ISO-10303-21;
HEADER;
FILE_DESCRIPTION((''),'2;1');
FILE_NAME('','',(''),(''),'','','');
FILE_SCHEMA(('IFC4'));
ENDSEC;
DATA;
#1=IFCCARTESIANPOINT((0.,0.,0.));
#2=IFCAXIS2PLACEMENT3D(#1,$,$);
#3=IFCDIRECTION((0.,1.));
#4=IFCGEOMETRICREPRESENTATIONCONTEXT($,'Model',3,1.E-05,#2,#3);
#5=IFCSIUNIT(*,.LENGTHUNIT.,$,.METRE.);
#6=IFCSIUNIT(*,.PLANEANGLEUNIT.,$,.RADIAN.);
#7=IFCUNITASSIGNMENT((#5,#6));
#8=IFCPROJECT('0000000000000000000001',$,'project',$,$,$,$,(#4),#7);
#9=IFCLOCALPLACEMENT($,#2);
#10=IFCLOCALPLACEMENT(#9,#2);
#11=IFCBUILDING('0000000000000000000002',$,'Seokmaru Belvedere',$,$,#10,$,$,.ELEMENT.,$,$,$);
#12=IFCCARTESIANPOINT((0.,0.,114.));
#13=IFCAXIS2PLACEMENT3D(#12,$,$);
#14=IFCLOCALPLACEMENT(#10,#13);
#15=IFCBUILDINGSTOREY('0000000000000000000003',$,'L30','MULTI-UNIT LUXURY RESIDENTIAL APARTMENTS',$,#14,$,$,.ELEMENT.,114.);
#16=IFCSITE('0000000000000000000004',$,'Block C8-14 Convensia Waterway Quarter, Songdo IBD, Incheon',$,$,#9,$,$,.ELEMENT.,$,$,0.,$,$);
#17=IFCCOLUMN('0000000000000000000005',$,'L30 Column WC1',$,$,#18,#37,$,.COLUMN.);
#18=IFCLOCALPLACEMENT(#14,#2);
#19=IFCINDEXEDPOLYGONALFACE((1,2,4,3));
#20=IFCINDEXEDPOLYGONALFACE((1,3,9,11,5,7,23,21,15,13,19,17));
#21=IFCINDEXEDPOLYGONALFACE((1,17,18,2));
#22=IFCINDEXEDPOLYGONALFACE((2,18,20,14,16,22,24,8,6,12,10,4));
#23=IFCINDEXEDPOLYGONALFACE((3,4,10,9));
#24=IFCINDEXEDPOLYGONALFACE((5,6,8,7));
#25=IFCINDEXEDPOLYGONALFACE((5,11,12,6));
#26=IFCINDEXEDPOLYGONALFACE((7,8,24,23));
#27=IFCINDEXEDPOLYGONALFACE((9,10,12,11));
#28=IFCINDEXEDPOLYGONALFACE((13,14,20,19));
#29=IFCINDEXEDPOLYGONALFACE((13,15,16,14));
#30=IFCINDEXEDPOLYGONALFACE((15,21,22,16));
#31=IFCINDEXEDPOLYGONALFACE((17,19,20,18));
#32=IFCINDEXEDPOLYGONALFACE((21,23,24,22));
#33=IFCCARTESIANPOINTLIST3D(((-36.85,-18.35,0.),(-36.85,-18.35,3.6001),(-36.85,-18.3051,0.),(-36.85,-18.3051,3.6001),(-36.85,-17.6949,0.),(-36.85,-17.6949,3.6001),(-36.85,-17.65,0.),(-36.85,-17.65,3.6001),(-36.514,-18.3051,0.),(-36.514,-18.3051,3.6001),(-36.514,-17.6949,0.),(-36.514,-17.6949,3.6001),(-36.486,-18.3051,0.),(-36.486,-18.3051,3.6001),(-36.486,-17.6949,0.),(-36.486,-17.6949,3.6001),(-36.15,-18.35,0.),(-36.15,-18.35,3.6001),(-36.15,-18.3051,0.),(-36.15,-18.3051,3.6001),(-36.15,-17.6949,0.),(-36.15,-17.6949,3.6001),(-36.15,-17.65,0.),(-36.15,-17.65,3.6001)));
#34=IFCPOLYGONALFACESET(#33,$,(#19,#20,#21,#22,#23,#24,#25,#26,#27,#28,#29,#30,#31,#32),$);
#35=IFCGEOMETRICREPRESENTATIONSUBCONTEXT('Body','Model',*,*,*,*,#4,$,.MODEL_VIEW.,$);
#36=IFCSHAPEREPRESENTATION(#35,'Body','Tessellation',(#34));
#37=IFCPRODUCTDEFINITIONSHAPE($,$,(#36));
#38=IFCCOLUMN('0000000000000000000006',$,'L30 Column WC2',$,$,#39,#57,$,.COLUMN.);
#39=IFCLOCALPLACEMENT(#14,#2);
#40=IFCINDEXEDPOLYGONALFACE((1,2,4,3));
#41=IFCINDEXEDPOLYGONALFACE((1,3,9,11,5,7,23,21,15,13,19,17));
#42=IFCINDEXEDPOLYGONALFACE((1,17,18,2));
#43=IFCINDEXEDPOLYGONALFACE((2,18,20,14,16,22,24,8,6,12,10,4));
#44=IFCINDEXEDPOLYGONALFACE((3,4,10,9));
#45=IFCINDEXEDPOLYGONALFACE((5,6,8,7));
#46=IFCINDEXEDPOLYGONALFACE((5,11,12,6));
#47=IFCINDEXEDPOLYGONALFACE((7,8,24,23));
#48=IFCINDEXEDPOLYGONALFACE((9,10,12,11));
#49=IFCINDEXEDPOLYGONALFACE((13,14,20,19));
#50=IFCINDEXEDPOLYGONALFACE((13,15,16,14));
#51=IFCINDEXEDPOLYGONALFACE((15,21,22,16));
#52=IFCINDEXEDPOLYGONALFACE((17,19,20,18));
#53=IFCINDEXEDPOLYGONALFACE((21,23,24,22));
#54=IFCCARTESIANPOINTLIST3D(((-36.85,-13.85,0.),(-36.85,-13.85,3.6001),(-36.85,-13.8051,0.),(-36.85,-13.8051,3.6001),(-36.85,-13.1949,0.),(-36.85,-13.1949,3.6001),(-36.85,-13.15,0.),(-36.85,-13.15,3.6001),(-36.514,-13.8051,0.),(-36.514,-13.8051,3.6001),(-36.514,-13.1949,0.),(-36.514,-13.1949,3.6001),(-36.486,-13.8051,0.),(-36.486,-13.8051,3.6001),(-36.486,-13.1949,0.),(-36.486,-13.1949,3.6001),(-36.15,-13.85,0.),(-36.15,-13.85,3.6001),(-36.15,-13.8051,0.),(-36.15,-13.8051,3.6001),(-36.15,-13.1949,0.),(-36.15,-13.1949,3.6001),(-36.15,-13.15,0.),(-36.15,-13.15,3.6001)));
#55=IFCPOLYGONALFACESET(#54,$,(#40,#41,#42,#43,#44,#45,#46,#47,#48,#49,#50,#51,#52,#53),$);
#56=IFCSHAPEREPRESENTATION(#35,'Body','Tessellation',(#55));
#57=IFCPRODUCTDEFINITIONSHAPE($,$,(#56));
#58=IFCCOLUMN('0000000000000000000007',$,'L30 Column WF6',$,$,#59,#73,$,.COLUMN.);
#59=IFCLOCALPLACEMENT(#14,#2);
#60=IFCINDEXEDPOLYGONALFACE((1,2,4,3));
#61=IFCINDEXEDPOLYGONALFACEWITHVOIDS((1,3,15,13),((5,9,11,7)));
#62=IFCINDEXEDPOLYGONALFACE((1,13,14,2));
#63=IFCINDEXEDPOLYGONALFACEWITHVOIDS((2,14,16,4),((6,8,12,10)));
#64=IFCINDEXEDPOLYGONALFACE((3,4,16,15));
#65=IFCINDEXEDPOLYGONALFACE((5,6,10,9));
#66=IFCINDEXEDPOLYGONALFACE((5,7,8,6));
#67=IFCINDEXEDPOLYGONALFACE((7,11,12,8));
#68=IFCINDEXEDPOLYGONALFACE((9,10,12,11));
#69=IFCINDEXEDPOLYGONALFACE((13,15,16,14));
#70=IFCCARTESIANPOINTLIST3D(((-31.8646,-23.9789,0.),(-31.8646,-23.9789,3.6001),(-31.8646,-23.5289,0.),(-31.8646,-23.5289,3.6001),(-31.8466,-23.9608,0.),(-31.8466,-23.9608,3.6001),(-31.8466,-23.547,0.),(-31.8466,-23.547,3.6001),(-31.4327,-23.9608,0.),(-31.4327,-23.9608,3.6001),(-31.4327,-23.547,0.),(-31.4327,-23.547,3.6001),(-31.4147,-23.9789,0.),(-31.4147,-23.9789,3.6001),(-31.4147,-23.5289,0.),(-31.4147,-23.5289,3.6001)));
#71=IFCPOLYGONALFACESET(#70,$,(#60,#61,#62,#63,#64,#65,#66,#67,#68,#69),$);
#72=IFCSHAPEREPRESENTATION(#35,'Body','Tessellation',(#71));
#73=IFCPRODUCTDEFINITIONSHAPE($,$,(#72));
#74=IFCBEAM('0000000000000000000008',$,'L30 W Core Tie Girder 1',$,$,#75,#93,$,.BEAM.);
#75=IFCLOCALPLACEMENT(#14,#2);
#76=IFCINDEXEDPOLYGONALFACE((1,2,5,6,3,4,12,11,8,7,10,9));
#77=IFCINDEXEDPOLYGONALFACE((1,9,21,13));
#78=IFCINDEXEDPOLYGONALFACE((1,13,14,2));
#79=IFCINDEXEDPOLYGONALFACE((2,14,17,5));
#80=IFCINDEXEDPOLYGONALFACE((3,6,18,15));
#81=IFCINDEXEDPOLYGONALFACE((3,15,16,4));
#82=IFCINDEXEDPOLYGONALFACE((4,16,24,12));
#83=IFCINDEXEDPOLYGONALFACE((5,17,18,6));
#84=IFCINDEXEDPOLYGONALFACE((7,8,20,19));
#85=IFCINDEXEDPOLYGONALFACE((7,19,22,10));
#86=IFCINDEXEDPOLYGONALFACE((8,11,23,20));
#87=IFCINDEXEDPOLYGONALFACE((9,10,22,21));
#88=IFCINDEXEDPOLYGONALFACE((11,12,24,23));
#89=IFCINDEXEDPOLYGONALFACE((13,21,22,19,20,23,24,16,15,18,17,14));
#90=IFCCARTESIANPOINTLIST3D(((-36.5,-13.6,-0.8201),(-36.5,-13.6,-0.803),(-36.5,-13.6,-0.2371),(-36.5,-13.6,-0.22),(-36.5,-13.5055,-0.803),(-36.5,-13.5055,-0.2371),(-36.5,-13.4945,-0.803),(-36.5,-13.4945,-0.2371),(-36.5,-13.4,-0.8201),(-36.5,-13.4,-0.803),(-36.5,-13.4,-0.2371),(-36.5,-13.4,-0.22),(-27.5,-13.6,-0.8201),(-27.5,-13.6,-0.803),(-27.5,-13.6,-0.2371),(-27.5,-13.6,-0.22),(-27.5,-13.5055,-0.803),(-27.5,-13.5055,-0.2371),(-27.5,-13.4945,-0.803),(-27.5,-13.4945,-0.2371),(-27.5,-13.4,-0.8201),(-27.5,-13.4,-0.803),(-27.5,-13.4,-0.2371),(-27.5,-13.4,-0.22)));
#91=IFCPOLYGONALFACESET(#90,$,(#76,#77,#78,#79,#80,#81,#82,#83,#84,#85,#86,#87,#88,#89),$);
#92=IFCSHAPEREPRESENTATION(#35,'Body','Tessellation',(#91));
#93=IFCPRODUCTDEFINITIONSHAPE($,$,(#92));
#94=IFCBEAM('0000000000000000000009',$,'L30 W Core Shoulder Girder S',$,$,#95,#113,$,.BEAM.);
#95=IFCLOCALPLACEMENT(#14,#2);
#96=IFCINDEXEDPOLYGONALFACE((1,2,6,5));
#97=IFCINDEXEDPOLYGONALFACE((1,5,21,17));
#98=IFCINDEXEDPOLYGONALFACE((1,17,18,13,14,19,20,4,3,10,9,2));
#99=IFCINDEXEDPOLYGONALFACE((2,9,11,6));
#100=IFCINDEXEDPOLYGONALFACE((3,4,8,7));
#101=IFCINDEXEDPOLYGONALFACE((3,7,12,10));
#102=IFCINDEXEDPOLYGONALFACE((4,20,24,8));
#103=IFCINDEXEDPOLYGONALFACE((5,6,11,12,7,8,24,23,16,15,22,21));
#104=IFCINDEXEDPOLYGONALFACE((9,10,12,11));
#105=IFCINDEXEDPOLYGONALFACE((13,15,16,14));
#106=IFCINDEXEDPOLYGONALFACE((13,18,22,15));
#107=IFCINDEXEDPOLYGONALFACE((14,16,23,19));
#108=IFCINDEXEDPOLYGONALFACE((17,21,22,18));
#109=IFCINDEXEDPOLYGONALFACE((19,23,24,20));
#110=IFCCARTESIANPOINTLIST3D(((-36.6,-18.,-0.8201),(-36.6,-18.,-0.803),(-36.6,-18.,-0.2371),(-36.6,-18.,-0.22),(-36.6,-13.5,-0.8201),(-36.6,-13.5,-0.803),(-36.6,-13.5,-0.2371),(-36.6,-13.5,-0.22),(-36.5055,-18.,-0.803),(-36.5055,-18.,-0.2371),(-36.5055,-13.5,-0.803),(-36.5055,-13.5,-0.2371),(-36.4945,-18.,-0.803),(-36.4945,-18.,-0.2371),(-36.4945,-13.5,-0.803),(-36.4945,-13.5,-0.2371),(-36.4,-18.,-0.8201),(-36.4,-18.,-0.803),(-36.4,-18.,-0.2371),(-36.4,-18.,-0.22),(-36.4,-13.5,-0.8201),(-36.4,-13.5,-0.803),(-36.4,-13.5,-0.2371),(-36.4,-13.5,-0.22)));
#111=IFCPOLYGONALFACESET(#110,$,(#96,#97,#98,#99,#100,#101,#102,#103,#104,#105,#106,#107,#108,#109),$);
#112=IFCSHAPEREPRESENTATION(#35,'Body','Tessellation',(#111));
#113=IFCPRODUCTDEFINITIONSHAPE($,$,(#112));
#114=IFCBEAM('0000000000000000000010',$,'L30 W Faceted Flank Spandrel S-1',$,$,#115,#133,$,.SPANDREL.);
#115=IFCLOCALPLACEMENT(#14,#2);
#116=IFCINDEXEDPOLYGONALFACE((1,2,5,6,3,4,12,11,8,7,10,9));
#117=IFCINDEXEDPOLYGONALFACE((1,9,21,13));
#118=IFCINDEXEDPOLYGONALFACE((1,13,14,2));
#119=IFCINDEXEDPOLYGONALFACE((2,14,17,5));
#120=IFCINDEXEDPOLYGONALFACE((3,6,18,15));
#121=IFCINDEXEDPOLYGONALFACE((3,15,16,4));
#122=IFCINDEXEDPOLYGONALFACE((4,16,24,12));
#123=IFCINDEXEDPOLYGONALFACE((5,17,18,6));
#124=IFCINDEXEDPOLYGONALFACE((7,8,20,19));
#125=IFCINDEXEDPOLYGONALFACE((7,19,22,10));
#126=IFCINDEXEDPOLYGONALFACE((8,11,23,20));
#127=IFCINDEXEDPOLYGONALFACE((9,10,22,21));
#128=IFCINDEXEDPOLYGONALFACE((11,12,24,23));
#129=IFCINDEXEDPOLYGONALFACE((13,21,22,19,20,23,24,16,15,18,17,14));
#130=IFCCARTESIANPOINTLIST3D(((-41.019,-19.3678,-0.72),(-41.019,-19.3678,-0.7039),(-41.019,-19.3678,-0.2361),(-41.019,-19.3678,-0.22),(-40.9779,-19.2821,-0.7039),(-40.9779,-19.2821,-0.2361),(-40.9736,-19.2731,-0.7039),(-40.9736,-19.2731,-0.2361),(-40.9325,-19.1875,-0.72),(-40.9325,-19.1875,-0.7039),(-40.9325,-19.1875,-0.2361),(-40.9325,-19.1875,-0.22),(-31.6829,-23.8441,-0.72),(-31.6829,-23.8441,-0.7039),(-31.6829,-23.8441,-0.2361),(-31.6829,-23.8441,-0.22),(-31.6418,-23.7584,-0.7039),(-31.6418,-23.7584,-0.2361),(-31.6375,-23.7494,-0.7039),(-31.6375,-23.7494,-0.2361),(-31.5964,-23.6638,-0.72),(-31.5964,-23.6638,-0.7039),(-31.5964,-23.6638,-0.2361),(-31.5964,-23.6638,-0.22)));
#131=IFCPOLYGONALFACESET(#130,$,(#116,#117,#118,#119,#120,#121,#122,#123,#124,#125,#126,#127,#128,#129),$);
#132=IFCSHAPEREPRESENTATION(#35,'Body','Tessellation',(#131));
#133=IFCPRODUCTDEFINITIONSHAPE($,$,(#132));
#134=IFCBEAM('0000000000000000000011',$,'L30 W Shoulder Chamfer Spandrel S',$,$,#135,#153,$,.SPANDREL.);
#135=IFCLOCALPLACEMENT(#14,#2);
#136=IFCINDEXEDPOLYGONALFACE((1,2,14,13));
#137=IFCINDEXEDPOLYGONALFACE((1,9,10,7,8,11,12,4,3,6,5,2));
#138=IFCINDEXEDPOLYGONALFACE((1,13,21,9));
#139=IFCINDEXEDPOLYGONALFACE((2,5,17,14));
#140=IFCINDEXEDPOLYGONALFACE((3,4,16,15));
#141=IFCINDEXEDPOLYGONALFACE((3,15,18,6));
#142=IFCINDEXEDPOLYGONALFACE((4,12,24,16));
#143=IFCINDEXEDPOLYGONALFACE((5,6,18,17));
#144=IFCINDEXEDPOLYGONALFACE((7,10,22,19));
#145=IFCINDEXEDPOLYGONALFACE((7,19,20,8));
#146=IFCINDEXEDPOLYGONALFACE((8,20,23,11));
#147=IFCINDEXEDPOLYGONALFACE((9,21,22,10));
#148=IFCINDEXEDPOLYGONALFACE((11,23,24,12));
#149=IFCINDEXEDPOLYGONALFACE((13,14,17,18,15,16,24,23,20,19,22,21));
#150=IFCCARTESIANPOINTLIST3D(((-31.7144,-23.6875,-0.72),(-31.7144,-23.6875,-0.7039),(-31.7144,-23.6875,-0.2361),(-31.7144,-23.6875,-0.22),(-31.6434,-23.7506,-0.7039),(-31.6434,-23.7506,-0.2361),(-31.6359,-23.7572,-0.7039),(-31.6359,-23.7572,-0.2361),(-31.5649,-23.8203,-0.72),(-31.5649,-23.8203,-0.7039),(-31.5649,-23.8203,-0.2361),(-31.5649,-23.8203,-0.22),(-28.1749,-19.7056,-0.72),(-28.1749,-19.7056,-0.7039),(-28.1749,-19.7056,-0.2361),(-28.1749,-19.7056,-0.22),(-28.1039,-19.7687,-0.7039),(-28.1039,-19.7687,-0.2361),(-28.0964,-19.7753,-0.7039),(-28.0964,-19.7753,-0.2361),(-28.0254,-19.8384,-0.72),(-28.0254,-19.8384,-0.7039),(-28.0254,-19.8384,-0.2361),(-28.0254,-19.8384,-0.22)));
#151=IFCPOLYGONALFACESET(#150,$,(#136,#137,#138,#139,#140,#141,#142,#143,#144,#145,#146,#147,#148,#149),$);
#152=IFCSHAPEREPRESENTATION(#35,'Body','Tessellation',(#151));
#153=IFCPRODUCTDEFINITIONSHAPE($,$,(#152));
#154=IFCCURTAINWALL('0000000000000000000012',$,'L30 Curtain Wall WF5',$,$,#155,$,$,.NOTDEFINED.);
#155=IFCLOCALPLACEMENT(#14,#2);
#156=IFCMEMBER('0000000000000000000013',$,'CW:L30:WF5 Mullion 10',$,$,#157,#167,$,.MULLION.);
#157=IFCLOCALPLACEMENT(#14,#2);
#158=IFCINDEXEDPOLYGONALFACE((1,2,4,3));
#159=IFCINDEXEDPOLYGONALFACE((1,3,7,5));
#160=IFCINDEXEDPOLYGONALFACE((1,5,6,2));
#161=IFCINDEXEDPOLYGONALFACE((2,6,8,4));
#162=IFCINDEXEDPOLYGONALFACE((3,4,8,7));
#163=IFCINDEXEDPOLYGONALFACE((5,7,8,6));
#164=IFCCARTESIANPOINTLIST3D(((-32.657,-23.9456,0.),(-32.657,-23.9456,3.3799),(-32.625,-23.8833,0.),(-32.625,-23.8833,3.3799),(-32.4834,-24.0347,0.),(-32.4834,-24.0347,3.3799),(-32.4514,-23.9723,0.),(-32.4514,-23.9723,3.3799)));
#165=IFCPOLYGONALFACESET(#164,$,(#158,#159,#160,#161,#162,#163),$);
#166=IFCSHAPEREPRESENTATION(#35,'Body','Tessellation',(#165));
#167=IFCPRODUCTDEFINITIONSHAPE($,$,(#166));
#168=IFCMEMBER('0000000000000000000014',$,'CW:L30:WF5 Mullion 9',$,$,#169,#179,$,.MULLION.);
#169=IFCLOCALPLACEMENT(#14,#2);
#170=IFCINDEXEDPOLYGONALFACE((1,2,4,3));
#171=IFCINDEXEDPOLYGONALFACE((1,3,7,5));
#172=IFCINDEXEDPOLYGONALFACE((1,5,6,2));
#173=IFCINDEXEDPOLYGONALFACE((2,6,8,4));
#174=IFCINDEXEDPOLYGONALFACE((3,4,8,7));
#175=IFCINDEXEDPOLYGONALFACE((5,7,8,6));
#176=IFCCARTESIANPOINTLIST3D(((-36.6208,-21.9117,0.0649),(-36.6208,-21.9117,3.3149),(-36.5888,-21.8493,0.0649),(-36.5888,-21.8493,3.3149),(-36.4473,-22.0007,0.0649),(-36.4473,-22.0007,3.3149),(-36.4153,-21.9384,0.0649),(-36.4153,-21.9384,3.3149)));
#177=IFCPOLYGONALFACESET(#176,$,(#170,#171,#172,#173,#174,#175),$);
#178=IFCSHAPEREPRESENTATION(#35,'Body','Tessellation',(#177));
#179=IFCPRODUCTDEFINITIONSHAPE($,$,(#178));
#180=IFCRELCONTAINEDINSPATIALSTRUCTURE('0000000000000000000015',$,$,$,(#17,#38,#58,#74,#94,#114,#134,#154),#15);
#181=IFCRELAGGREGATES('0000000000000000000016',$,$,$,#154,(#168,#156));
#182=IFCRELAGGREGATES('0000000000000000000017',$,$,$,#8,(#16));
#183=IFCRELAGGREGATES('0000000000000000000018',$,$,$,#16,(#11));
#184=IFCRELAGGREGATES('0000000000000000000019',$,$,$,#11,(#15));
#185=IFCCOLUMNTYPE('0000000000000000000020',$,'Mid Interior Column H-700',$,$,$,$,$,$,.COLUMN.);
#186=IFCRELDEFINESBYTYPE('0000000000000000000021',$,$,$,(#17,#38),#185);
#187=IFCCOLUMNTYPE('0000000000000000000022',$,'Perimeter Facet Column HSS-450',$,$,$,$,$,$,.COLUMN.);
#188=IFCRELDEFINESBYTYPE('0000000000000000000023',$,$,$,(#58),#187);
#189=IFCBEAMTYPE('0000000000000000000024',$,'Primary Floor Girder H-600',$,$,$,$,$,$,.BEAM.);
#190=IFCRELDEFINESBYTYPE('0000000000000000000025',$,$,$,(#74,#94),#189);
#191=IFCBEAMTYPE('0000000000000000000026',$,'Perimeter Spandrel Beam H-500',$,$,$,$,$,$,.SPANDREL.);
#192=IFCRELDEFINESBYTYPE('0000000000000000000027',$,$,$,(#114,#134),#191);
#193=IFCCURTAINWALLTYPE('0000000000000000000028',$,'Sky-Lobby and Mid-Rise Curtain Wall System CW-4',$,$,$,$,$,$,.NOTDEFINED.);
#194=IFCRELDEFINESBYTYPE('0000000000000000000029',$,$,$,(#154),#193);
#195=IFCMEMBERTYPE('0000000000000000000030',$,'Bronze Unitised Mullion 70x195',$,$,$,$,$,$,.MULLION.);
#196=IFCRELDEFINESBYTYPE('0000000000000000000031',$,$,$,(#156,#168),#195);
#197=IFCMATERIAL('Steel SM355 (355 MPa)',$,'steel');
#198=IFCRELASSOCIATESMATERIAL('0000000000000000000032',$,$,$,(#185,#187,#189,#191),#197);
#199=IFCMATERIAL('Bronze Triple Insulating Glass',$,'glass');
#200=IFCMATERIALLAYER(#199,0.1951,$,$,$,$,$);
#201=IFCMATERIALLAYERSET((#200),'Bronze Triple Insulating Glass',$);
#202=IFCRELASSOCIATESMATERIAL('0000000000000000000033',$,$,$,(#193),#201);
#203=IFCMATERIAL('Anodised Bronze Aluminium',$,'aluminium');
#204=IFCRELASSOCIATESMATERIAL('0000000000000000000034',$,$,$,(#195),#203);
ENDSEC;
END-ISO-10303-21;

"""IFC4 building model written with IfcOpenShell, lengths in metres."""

from ifc_helpers import new_model, si_unit, direction, frame, origin, origin_2d, place, context, subcontext, project, spatial, rectangle, hollow_rectangle, i_section, extrude, source, transform, mapped, material, layer, layer_set, material_profile, profile_set, type_object, type_shapes, element, aggregate, save


model = new_model("IFC4")

# Units and contexts
model_context = context("Model", 3, precision=1e-05, world=origin(), true_north=direction((0.0, 1.0)))
body_context = subcontext(model_context, "Body", "Model", "MODEL_VIEW")
ifc_project = project(units=[si_unit("LENGTHUNIT", "METRE"), si_unit("PLANEANGLEUNIT", "RADIAN")], contexts=[model_context])

# Site, building, storey
site_placement = place(None, origin())
site = spatial("IfcSite", under=ifc_project, at=site_placement, Name="Block C8-14 Convensia Waterway Quarter, Songdo IBD, Incheon", CompositionType="ELEMENT", RefElevation=0.0)
building_placement = place(site_placement, origin())
building = spatial("IfcBuilding", under=site, at=building_placement, Name="Seokmaru Belvedere", CompositionType="ELEMENT")
storey_placement = place(building_placement, frame((0.0, 0.0, 114.0)))
storey = spatial("IfcBuildingStorey", under=building, at=storey_placement, Name="L30", Description="MULTI-UNIT LUXURY RESIDENTIAL APARTMENTS", CompositionType="ELEMENT", Elevation=114.0)

# Columns
ifc_material_1 = material(Name="Steel SM355 (355 MPa)", Category="steel")
ifc_material_profile_1 = material_profile(ifc_material_1, i_section(OverallWidth=0.7, OverallDepth=0.7, WebThickness=0.0281, FlangeThickness=0.0449, at=origin_2d()), Name="H-700x700x28x45")
ifc_profile_set_1 = profile_set([ifc_material_profile_1], Name="Steel SM355 (355 MPa)")
column_type_1 = type_object("IfcColumnType", Name="Mid Interior Column H-700", PredefinedType="COLUMN", material=ifc_profile_set_1)
shared_shape_1 = source(origin(), body_context, "Body", "SweptSolid", [
    extrude(i_section(OverallWidth=0.7, OverallDepth=0.7, WebThickness=0.0281, FlangeThickness=0.0449, at=origin_2d()), origin(), (0.0, 0.0, 1.0), 3.6001),
])
type_shapes(column_type_1, [shared_shape_1])
for number, where, z_axis, x_axis, name in (
    (1, (-36.5, -18.0, 0.0), (0.0, 0.0, 1.0), (1.0, 0.0, 0.0), "L30 Column WC1"),
    (2, (-36.5, -13.5, 0.0), (0.0, 0.0, 1.0), (1.0, 0.0, 0.0), "L30 Column WC2"),
):
    element("IfcColumn", number, at=place(storey_placement, frame(where, z_axis=z_axis, x_axis=x_axis)), inside=storey, type_object=column_type_1, Name=name, PredefinedType="COLUMN", context=body_context, shape_type="MappedRepresentation", body=[
        mapped(shared_shape_1, transform((0.0, 0.0, 0.0), scale=1.0)),
    ])
ifc_material_profile_2 = material_profile(ifc_material_1, hollow_rectangle(XDim=0.45, YDim=0.45, WallThickness=0.0181, at=origin_2d()), Name="HSS-450x450x18")
ifc_profile_set_2 = profile_set([ifc_material_profile_2], Name="Steel SM355 (355 MPa)")
column_type_2 = type_object("IfcColumnType", Name="Perimeter Facet Column HSS-450", PredefinedType="COLUMN", material=ifc_profile_set_2)
shared_shape_2 = source(origin(), body_context, "Body", "SweptSolid", [
    extrude(hollow_rectangle(XDim=0.45, YDim=0.45, WallThickness=0.0181, at=origin_2d()), origin(), (0.0, 0.0, 1.0), 3.6001),
])
type_shapes(column_type_2, [shared_shape_2])
column_placement = place(storey_placement, frame((-31.6396, -23.7539, 0.0), z_axis=(0.0, 0.0, 1.0), x_axis=(1.0, 0.0, 0.0)))
element("IfcColumn", 3, at=column_placement, inside=storey, type_object=column_type_2, Name="L30 Column WF6", PredefinedType="COLUMN", context=body_context, shape_type="MappedRepresentation", body=[
    mapped(shared_shape_2, transform((0.0, 0.0, 0.0), scale=1.0)),
])

# Beams
ifc_material_profile_3 = material_profile(ifc_material_1, i_section(OverallWidth=0.2, OverallDepth=0.6001, WebThickness=0.011, FlangeThickness=0.0171, at=origin_2d()), Name="H-600x200x11x17")
ifc_profile_set_3 = profile_set([ifc_material_profile_3], Name="Steel SM355 (355 MPa)")
beam_type_1 = type_object("IfcBeamType", Name="Primary Floor Girder H-600", PredefinedType="BEAM", material=ifc_profile_set_3)
shared_shape_3 = source(origin(), body_context, "Body", "SweptSolid", [
    extrude(i_section(OverallWidth=0.2, OverallDepth=0.6001, WebThickness=0.011, FlangeThickness=0.0171, at=origin_2d()), origin(), (0.0, 0.0, 1.0), 9.0),
])
beam_1_placement = place(storey_placement, frame((-36.5, -13.5, -0.52), z_axis=(1.0, 0.0, 0.0), x_axis=(0.0, 1.0, 0.0)))
element("IfcBeam", 4, at=beam_1_placement, inside=storey, type_object=beam_type_1, Name="L30 W Core Tie Girder 1", PredefinedType="BEAM", context=body_context, shape_type="MappedRepresentation", body=[
    mapped(shared_shape_3, transform((0.0, 0.0, 0.0), scale=1.0)),
])
shared_shape_4 = source(origin(), body_context, "Body", "SweptSolid", [
    extrude(i_section(OverallWidth=0.2, OverallDepth=0.6001, WebThickness=0.011, FlangeThickness=0.0171, at=origin_2d()), origin(), (0.0, 0.0, 1.0), 4.5),
])
type_shapes(beam_type_1, [shared_shape_3, shared_shape_4])
beam_2_placement = place(storey_placement, frame((-36.5, -18.0, -0.52), z_axis=(0.0, 1.0, 0.0), x_axis=(-1.0, 0.0, 0.0)))
element("IfcBeam", 5, at=beam_2_placement, inside=storey, type_object=beam_type_1, Name="L30 W Core Shoulder Girder S", PredefinedType="BEAM", context=body_context, shape_type="MappedRepresentation", body=[
    mapped(shared_shape_4, transform((0.0, 0.0, 0.0), scale=1.0)),
])
ifc_material_profile_4 = material_profile(ifc_material_1, i_section(OverallWidth=0.2, OverallDepth=0.5, WebThickness=0.01, FlangeThickness=0.0161, at=origin_2d()), Name="H-500x200x10x16")
ifc_profile_set_4 = profile_set([ifc_material_profile_4], Name="Steel SM355 (355 MPa)")
beam_type_2 = type_object("IfcBeamType", Name="Perimeter Spandrel Beam H-500", PredefinedType="SPANDREL", material=ifc_profile_set_4)
shared_shape_5 = source(origin(), body_context, "Body", "SweptSolid", [
    extrude(i_section(OverallWidth=0.2, OverallDepth=0.5, WebThickness=0.01, FlangeThickness=0.0161, at=origin_2d()), origin(), (0.0, 0.0, 1.0), 10.3538),
])
beam_3_placement = place(storey_placement, frame((-31.6396, -23.7539, -0.47), z_axis=(-0.901713, 0.432335, 0.0), x_axis=(-0.432335, -0.901713, 0.0)))
element("IfcBeam", 6, at=beam_3_placement, inside=storey, type_object=beam_type_2, Name="L30 W Faceted Flank Spandrel S-1", PredefinedType="SPANDREL", context=body_context, shape_type="MappedRepresentation", body=[
    mapped(shared_shape_5, transform((0.0, 0.0, 0.0), scale=1.0)),
])
shared_shape_6 = source(origin(), body_context, "Body", "SweptSolid", [
    extrude(i_section(OverallWidth=0.2, OverallDepth=0.5, WebThickness=0.01, FlangeThickness=0.0161, at=origin_2d()), origin(), (0.0, 0.0, 1.0), 5.3276),
])
type_shapes(beam_type_2, [shared_shape_5, shared_shape_6])
beam_4_placement = place(storey_placement, frame((-31.6396, -23.7539, -0.47), z_axis=(0.66437, 0.747404, 0.0), x_axis=(-0.747404, 0.66437, 0.0)))
element("IfcBeam", 7, at=beam_4_placement, inside=storey, type_object=beam_type_2, Name="L30 W Shoulder Chamfer Spandrel S", PredefinedType="SPANDREL", context=body_context, shape_type="MappedRepresentation", body=[
    mapped(shared_shape_6, transform((0.0, 0.0, 0.0), scale=1.0)),
])

# Curtain wall, members
ifc_material_2 = material(Name="Bronze Triple Insulating Glass", Category="glass")
ifc_layer_1 = layer(ifc_material_2, 0.1951)
ifc_layer_set_1 = layer_set([ifc_layer_1], Name="Bronze Triple Insulating Glass")
curtain_wall_type = type_object("IfcCurtainWallType", Name="Sky-Lobby and Mid-Rise Curtain Wall System CW-4", PredefinedType="NOTDEFINED", material=ifc_layer_set_1)
curtain_wall_placement = place(storey_placement, origin())
curtain_wall = element("IfcCurtainWall", 8, at=curtain_wall_placement, inside=storey, type_object=curtain_wall_type, Name="L30 Curtain Wall WF5", PredefinedType="NOTDEFINED")
ifc_material_3 = material(Name="Anodised Bronze Aluminium", Category="aluminium")
ifc_material_profile_5 = material_profile(ifc_material_3, rectangle(XDim=0.0701, YDim=0.1951, at=origin_2d()), Name="CW-M-70x195")
ifc_profile_set_5 = profile_set([ifc_material_profile_5], Name="Anodised Bronze Aluminium")
member_type = type_object("IfcMemberType", Name="Bronze Unitised Mullion 70x195", PredefinedType="MULLION", material=ifc_profile_set_5)
shared_shape_7 = source(origin(), body_context, "Body", "SweptSolid", [
    extrude(rectangle(XDim=0.0701, YDim=0.1951, at=origin_2d()), origin(), (0.0, 0.0, 1.0), 3.3799),
])
member_1_placement = place(storey_placement, frame((-32.5542, -23.959, 0.0), z_axis=(0.0, 0.0, 1.0), x_axis=(0.456555, 0.889695, 0.0)))
member_1 = element("IfcMember", 9, at=member_1_placement, type_object=member_type, Name="CW:L30:WF5 Mullion 10", PredefinedType="MULLION", context=body_context, shape_type="MappedRepresentation", body=[
    mapped(shared_shape_7, transform((0.0, 0.0, 0.0), scale=1.0)),
])
shared_shape_8 = source(origin(), body_context, "Body", "SweptSolid", [
    extrude(rectangle(XDim=0.0701, YDim=0.1951, at=origin_2d()), origin(), (0.0, 0.0, 1.0), 3.25),
])
type_shapes(member_type, [shared_shape_7, shared_shape_8])
member_2_placement = place(storey_placement, frame((-36.5181, -21.925, 0.0649), z_axis=(0.0, 0.0, 1.0), x_axis=(0.456555, 0.889695, 0.0)))
member_2 = element("IfcMember", 10, at=member_2_placement, type_object=member_type, Name="CW:L30:WF5 Mullion 9", PredefinedType="MULLION", context=body_context, shape_type="MappedRepresentation", body=[
    mapped(shared_shape_8, transform((0.0, 0.0, 0.0), scale=1.0)),
])
aggregate(curtain_wall, [member_2, member_1])

save(model, "model.ifc")
